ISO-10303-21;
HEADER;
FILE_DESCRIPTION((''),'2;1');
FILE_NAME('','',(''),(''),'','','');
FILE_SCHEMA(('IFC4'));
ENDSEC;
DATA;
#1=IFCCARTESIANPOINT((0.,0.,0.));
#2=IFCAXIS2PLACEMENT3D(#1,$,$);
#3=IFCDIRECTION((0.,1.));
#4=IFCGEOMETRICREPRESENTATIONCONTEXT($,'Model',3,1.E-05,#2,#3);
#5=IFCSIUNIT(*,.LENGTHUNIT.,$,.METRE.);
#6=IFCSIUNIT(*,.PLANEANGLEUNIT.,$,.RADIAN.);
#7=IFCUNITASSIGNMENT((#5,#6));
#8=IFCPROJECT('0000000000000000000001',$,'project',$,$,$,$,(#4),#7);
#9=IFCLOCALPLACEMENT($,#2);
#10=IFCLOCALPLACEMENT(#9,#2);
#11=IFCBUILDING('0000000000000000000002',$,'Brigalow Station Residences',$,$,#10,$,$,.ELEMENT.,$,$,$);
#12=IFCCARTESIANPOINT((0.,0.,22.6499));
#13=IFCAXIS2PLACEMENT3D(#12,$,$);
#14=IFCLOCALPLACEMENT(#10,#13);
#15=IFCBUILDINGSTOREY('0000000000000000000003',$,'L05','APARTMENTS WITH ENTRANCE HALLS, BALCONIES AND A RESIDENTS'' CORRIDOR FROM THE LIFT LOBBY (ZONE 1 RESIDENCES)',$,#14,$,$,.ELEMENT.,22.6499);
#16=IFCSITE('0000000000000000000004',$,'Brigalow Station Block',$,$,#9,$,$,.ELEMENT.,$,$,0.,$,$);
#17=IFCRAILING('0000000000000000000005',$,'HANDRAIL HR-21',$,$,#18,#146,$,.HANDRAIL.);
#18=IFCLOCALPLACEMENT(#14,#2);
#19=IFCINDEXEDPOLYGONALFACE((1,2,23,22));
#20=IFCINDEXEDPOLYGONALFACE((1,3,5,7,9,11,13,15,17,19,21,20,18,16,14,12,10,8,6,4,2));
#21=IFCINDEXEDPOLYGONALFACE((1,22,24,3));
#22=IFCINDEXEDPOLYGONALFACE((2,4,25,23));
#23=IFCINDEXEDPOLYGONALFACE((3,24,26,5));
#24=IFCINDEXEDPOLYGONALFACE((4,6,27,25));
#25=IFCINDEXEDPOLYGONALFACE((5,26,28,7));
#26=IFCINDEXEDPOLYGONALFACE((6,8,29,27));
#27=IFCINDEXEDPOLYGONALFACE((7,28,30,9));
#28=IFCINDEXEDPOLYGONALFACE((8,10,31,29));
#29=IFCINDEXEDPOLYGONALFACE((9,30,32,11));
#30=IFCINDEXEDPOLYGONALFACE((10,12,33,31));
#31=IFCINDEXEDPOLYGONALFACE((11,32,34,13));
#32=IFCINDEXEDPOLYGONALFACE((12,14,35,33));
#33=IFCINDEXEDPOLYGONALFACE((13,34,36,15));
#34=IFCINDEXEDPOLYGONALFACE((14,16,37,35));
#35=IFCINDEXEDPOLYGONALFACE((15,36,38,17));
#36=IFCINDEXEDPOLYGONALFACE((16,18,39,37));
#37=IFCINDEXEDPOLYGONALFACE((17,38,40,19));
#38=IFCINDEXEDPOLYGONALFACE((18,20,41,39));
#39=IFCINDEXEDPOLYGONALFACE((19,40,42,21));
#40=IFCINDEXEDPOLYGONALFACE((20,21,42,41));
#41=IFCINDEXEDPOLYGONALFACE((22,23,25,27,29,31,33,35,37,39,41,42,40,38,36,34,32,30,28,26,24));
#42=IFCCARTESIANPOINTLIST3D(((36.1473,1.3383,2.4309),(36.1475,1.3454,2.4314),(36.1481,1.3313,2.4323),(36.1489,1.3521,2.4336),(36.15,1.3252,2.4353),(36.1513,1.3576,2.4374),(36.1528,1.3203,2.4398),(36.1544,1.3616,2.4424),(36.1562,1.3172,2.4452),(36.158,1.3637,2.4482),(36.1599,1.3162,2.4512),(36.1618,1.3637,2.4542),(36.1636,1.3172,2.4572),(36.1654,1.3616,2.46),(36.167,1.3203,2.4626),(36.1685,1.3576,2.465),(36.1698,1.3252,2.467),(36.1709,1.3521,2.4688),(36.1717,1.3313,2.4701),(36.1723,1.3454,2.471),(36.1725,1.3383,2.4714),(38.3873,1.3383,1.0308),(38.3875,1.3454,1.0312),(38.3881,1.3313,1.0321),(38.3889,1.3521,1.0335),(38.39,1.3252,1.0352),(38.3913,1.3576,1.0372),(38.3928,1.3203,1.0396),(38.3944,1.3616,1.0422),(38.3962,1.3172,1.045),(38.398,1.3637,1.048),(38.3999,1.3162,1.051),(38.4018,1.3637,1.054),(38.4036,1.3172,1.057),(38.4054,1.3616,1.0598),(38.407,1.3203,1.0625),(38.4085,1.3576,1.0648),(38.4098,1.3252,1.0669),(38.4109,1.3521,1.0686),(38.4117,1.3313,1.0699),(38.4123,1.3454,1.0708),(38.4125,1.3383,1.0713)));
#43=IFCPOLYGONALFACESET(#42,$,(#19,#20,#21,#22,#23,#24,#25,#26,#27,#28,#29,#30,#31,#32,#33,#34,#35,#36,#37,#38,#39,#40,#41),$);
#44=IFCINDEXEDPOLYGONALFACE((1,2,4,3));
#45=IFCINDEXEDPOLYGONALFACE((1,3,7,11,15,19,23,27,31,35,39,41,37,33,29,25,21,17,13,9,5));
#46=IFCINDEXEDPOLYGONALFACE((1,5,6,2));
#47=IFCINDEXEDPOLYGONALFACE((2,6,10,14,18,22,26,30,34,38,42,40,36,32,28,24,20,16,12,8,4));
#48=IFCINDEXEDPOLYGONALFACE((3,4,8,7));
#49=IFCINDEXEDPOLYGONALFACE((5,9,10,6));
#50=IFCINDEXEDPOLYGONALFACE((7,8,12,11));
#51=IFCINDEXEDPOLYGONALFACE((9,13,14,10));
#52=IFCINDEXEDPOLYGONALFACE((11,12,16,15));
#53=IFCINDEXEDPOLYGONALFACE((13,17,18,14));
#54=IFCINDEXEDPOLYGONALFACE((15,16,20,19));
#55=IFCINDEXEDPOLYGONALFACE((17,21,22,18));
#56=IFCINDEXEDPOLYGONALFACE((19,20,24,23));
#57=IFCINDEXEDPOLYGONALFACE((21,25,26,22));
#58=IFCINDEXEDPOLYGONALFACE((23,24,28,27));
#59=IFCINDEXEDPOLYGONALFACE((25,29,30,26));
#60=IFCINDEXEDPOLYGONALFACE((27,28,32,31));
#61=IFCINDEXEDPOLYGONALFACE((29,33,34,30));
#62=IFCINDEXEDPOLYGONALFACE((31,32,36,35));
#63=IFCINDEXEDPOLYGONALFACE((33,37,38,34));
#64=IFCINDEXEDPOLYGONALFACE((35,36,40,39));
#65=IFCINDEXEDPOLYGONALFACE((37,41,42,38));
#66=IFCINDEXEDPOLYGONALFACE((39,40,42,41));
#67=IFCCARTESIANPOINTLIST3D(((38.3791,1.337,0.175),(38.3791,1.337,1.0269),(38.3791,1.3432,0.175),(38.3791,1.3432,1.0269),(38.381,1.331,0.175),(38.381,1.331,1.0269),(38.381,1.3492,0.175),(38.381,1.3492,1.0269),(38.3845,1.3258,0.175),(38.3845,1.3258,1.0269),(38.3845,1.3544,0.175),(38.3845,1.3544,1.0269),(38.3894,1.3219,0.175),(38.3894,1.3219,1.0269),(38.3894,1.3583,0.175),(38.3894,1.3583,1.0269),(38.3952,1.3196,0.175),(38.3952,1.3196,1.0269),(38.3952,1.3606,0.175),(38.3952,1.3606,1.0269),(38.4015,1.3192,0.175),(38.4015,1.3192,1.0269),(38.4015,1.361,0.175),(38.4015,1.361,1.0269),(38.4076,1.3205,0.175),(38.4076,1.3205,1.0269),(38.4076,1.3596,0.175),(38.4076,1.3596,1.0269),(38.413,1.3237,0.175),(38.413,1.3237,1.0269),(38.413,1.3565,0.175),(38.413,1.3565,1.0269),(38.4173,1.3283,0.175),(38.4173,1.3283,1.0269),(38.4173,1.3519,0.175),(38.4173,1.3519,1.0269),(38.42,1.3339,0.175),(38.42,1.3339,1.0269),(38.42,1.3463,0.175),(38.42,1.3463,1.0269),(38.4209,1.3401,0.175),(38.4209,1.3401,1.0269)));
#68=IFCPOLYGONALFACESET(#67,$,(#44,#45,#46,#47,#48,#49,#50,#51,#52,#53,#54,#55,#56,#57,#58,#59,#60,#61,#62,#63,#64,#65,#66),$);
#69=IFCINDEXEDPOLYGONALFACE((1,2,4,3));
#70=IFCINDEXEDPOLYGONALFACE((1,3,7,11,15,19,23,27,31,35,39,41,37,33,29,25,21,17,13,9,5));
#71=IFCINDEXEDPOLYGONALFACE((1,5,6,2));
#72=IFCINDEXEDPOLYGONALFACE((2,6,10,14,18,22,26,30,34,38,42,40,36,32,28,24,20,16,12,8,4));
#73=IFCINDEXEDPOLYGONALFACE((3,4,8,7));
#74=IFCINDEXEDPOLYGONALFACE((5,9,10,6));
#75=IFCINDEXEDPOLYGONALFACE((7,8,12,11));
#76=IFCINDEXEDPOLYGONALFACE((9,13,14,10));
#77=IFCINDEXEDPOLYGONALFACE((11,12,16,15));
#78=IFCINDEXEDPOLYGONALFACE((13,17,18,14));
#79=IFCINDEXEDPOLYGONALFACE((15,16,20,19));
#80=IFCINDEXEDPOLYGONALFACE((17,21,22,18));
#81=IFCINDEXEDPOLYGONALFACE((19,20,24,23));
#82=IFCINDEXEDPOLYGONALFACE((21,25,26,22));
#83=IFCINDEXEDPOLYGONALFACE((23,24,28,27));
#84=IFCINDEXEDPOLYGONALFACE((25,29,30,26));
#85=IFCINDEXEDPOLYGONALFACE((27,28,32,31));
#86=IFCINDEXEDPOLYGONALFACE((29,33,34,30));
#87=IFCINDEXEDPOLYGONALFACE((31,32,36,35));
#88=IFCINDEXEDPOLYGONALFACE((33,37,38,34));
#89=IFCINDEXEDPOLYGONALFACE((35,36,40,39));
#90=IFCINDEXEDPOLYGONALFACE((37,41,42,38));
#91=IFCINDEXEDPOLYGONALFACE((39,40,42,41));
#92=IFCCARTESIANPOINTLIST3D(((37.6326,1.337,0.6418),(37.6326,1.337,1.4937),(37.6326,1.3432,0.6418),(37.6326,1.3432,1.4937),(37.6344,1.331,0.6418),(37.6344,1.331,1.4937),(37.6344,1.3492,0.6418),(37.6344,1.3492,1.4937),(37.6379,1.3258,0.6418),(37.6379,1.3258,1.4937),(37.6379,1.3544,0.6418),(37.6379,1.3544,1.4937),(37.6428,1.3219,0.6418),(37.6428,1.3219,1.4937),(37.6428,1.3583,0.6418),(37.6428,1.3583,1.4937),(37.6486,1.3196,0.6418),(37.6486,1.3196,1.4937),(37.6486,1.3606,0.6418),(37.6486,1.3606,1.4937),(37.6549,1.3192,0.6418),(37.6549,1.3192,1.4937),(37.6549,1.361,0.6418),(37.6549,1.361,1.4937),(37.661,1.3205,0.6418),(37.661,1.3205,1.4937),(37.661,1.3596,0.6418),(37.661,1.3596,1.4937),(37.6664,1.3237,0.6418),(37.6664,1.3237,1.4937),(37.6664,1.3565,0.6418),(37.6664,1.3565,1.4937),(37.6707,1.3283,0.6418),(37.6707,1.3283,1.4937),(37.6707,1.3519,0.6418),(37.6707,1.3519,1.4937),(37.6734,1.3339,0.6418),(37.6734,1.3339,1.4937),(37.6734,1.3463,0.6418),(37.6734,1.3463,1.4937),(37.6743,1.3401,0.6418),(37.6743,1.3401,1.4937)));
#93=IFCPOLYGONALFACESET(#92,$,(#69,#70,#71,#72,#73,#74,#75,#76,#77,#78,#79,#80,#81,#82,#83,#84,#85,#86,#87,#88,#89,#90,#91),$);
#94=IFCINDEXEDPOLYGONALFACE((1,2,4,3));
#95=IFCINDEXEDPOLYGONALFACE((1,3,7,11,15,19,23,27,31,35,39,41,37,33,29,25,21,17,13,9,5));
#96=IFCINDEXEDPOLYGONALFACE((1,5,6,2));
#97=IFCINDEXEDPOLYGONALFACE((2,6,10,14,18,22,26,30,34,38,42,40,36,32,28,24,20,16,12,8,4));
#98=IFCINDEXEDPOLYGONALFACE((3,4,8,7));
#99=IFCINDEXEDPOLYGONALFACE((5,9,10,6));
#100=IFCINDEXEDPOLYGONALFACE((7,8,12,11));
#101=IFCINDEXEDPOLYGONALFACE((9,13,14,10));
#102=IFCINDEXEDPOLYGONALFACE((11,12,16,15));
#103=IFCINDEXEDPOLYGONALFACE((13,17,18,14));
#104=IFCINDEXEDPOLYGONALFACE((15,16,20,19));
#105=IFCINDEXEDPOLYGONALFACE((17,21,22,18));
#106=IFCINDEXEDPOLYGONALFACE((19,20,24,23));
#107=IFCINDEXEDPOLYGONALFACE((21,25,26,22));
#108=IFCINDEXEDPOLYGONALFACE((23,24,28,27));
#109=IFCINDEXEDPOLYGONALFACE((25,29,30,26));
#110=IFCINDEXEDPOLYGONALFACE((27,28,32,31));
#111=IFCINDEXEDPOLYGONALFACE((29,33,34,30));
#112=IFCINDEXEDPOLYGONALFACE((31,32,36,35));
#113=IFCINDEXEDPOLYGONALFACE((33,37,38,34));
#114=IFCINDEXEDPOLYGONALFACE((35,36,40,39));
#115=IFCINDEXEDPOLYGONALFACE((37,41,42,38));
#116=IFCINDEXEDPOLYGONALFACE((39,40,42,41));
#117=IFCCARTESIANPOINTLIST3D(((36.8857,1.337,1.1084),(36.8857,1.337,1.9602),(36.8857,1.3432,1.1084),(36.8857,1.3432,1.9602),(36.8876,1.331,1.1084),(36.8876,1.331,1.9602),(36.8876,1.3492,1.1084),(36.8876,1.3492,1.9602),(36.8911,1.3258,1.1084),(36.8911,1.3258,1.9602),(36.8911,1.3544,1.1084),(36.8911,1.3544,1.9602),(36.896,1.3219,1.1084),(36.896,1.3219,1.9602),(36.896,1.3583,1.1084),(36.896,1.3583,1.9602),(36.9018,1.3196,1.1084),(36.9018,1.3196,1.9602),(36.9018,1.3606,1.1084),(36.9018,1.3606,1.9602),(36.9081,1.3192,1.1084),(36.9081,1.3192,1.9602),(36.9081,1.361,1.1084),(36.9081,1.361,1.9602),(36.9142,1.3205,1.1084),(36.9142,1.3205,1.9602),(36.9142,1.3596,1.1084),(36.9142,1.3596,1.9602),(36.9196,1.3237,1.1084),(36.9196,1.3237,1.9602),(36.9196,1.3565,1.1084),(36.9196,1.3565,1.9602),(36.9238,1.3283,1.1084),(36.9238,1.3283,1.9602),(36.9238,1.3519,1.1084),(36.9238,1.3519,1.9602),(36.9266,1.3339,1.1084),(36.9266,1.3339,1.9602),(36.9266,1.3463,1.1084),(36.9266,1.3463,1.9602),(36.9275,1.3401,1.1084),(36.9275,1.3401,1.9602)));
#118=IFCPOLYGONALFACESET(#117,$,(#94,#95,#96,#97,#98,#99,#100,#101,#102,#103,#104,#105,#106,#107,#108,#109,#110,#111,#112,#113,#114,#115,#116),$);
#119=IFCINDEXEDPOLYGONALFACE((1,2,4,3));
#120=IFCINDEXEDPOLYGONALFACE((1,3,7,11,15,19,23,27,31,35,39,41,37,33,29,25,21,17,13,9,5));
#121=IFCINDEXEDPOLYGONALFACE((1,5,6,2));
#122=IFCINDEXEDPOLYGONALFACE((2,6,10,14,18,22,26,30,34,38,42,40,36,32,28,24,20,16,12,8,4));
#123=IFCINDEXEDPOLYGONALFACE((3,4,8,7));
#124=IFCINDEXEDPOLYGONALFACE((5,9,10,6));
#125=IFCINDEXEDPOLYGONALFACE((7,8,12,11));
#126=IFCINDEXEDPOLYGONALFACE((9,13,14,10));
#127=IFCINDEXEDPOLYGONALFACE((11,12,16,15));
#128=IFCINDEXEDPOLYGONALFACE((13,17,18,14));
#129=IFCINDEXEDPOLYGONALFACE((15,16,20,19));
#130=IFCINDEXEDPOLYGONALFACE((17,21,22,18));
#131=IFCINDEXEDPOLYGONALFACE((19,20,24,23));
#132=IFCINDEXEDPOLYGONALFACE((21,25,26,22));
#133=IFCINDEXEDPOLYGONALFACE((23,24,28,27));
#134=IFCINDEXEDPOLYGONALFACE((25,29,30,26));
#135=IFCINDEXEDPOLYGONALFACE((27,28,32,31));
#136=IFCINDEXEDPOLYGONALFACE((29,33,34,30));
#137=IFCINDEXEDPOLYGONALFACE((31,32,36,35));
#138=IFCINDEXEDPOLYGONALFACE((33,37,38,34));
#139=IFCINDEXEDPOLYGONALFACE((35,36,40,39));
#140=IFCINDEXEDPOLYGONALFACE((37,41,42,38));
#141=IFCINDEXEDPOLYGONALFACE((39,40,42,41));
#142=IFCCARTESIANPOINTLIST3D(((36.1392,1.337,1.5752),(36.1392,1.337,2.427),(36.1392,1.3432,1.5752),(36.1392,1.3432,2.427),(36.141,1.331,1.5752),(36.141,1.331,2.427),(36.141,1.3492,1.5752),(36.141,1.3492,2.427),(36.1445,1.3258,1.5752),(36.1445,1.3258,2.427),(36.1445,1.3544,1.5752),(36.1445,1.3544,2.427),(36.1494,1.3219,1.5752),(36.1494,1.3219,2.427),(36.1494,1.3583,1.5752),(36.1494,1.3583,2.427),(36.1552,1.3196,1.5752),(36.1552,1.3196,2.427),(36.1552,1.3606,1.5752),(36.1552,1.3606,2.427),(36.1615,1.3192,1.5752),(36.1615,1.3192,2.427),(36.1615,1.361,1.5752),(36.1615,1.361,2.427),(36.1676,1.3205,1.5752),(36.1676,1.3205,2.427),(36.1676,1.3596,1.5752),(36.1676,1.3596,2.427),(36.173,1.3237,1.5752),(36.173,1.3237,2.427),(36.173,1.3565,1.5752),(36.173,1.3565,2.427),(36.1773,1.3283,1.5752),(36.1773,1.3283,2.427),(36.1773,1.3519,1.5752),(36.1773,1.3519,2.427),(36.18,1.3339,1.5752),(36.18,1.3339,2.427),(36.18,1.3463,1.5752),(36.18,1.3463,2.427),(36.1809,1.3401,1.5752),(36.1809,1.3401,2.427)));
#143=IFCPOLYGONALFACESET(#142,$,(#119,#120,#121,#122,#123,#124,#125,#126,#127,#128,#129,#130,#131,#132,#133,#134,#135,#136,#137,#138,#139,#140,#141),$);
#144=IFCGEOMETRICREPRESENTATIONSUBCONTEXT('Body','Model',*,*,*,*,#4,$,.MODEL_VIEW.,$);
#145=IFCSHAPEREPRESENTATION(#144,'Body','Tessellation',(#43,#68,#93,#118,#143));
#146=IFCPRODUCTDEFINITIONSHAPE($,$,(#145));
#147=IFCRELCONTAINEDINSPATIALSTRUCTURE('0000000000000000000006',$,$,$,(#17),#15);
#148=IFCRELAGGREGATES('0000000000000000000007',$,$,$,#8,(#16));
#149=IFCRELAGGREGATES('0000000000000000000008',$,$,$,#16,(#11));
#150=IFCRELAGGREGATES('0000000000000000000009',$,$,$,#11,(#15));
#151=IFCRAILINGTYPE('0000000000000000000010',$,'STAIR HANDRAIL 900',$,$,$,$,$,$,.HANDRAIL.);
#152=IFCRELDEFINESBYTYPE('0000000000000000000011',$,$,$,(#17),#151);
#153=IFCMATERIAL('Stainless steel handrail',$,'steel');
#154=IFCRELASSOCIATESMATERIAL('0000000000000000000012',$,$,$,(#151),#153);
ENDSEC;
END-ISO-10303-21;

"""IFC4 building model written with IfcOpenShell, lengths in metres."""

from ifc_helpers import new_model, si_unit, direction, frame, origin, origin_2d, place, context, subcontext, project, spatial, circle, extrude, material, type_object, element, save


model = new_model("IFC4")

# Units and contexts
model_context = context("Model", 3, precision=1e-05, world=origin(), true_north=direction((0.0, 1.0)))
body_context = subcontext(model_context, "Body", "Model", "MODEL_VIEW")
ifc_project = project(units=[si_unit("LENGTHUNIT", "METRE"), si_unit("PLANEANGLEUNIT", "RADIAN")], contexts=[model_context])

# Site, building, storey
site_placement = place(None, origin())
site = spatial("IfcSite", under=ifc_project, at=site_placement, Name="Brigalow Station Block", CompositionType="ELEMENT", RefElevation=0.0)
building_placement = place(site_placement, origin())
building = spatial("IfcBuilding", under=site, at=building_placement, Name="Brigalow Station Residences", CompositionType="ELEMENT")
storey_placement = place(building_placement, frame((0.0, 0.0, 22.6499)))
storey = spatial("IfcBuildingStorey", under=building, at=storey_placement, Name="L05", Description="APARTMENTS WITH ENTRANCE HALLS, BALCONIES AND A RESIDENTS' CORRIDOR FROM THE LIFT LOBBY (ZONE 1 RESIDENCES)", CompositionType="ELEMENT", Elevation=22.6499)

# Railing
ifc_material_1 = material(Name="Stainless steel handrail", Category="steel")
railing_type_1 = type_object("IfcRailingType", Name="STAIR HANDRAIL 900", PredefinedType="HANDRAIL", material=ifc_material_1)
railing_1_placement = place(storey_placement, frame((38.3999, 1.3401, 0.175)))
element("IfcRailing", 1, at=railing_1_placement, inside=storey, type_object=railing_type_1, Name="HANDRAIL HR-21", PredefinedType="HANDRAIL", context=body_context, shape_type="SweptSolid", body=[
    extrude(circle(Radius=0.0239, at=origin_2d()), frame((0.0, 0.0, 0.876), z_axis=(-0.847972, 0.0, 0.53004), x_axis=(0.0, -1.0, 0.0)), (0.0, 0.0, 1.0), 2.6416),
    extrude(circle(Radius=0.021, at=origin_2d()), origin(), (0.0, 0.0, 1.0), 0.8518),
    extrude(circle(Radius=0.021, at=origin_2d()), frame((-0.7466, 0.0, 0.4668)), (0.0, 0.0, 1.0), 0.8518),
    extrude(circle(Radius=0.021, at=origin_2d()), frame((-1.4934, 0.0, 0.9333)), (0.0, 0.0, 1.0), 0.8518),
    extrude(circle(Radius=0.021, at=origin_2d()), frame((-2.24, 0.0, 1.4001)), (0.0, 0.0, 1.0), 0.8518),
])

save(model, "model.ifc")
